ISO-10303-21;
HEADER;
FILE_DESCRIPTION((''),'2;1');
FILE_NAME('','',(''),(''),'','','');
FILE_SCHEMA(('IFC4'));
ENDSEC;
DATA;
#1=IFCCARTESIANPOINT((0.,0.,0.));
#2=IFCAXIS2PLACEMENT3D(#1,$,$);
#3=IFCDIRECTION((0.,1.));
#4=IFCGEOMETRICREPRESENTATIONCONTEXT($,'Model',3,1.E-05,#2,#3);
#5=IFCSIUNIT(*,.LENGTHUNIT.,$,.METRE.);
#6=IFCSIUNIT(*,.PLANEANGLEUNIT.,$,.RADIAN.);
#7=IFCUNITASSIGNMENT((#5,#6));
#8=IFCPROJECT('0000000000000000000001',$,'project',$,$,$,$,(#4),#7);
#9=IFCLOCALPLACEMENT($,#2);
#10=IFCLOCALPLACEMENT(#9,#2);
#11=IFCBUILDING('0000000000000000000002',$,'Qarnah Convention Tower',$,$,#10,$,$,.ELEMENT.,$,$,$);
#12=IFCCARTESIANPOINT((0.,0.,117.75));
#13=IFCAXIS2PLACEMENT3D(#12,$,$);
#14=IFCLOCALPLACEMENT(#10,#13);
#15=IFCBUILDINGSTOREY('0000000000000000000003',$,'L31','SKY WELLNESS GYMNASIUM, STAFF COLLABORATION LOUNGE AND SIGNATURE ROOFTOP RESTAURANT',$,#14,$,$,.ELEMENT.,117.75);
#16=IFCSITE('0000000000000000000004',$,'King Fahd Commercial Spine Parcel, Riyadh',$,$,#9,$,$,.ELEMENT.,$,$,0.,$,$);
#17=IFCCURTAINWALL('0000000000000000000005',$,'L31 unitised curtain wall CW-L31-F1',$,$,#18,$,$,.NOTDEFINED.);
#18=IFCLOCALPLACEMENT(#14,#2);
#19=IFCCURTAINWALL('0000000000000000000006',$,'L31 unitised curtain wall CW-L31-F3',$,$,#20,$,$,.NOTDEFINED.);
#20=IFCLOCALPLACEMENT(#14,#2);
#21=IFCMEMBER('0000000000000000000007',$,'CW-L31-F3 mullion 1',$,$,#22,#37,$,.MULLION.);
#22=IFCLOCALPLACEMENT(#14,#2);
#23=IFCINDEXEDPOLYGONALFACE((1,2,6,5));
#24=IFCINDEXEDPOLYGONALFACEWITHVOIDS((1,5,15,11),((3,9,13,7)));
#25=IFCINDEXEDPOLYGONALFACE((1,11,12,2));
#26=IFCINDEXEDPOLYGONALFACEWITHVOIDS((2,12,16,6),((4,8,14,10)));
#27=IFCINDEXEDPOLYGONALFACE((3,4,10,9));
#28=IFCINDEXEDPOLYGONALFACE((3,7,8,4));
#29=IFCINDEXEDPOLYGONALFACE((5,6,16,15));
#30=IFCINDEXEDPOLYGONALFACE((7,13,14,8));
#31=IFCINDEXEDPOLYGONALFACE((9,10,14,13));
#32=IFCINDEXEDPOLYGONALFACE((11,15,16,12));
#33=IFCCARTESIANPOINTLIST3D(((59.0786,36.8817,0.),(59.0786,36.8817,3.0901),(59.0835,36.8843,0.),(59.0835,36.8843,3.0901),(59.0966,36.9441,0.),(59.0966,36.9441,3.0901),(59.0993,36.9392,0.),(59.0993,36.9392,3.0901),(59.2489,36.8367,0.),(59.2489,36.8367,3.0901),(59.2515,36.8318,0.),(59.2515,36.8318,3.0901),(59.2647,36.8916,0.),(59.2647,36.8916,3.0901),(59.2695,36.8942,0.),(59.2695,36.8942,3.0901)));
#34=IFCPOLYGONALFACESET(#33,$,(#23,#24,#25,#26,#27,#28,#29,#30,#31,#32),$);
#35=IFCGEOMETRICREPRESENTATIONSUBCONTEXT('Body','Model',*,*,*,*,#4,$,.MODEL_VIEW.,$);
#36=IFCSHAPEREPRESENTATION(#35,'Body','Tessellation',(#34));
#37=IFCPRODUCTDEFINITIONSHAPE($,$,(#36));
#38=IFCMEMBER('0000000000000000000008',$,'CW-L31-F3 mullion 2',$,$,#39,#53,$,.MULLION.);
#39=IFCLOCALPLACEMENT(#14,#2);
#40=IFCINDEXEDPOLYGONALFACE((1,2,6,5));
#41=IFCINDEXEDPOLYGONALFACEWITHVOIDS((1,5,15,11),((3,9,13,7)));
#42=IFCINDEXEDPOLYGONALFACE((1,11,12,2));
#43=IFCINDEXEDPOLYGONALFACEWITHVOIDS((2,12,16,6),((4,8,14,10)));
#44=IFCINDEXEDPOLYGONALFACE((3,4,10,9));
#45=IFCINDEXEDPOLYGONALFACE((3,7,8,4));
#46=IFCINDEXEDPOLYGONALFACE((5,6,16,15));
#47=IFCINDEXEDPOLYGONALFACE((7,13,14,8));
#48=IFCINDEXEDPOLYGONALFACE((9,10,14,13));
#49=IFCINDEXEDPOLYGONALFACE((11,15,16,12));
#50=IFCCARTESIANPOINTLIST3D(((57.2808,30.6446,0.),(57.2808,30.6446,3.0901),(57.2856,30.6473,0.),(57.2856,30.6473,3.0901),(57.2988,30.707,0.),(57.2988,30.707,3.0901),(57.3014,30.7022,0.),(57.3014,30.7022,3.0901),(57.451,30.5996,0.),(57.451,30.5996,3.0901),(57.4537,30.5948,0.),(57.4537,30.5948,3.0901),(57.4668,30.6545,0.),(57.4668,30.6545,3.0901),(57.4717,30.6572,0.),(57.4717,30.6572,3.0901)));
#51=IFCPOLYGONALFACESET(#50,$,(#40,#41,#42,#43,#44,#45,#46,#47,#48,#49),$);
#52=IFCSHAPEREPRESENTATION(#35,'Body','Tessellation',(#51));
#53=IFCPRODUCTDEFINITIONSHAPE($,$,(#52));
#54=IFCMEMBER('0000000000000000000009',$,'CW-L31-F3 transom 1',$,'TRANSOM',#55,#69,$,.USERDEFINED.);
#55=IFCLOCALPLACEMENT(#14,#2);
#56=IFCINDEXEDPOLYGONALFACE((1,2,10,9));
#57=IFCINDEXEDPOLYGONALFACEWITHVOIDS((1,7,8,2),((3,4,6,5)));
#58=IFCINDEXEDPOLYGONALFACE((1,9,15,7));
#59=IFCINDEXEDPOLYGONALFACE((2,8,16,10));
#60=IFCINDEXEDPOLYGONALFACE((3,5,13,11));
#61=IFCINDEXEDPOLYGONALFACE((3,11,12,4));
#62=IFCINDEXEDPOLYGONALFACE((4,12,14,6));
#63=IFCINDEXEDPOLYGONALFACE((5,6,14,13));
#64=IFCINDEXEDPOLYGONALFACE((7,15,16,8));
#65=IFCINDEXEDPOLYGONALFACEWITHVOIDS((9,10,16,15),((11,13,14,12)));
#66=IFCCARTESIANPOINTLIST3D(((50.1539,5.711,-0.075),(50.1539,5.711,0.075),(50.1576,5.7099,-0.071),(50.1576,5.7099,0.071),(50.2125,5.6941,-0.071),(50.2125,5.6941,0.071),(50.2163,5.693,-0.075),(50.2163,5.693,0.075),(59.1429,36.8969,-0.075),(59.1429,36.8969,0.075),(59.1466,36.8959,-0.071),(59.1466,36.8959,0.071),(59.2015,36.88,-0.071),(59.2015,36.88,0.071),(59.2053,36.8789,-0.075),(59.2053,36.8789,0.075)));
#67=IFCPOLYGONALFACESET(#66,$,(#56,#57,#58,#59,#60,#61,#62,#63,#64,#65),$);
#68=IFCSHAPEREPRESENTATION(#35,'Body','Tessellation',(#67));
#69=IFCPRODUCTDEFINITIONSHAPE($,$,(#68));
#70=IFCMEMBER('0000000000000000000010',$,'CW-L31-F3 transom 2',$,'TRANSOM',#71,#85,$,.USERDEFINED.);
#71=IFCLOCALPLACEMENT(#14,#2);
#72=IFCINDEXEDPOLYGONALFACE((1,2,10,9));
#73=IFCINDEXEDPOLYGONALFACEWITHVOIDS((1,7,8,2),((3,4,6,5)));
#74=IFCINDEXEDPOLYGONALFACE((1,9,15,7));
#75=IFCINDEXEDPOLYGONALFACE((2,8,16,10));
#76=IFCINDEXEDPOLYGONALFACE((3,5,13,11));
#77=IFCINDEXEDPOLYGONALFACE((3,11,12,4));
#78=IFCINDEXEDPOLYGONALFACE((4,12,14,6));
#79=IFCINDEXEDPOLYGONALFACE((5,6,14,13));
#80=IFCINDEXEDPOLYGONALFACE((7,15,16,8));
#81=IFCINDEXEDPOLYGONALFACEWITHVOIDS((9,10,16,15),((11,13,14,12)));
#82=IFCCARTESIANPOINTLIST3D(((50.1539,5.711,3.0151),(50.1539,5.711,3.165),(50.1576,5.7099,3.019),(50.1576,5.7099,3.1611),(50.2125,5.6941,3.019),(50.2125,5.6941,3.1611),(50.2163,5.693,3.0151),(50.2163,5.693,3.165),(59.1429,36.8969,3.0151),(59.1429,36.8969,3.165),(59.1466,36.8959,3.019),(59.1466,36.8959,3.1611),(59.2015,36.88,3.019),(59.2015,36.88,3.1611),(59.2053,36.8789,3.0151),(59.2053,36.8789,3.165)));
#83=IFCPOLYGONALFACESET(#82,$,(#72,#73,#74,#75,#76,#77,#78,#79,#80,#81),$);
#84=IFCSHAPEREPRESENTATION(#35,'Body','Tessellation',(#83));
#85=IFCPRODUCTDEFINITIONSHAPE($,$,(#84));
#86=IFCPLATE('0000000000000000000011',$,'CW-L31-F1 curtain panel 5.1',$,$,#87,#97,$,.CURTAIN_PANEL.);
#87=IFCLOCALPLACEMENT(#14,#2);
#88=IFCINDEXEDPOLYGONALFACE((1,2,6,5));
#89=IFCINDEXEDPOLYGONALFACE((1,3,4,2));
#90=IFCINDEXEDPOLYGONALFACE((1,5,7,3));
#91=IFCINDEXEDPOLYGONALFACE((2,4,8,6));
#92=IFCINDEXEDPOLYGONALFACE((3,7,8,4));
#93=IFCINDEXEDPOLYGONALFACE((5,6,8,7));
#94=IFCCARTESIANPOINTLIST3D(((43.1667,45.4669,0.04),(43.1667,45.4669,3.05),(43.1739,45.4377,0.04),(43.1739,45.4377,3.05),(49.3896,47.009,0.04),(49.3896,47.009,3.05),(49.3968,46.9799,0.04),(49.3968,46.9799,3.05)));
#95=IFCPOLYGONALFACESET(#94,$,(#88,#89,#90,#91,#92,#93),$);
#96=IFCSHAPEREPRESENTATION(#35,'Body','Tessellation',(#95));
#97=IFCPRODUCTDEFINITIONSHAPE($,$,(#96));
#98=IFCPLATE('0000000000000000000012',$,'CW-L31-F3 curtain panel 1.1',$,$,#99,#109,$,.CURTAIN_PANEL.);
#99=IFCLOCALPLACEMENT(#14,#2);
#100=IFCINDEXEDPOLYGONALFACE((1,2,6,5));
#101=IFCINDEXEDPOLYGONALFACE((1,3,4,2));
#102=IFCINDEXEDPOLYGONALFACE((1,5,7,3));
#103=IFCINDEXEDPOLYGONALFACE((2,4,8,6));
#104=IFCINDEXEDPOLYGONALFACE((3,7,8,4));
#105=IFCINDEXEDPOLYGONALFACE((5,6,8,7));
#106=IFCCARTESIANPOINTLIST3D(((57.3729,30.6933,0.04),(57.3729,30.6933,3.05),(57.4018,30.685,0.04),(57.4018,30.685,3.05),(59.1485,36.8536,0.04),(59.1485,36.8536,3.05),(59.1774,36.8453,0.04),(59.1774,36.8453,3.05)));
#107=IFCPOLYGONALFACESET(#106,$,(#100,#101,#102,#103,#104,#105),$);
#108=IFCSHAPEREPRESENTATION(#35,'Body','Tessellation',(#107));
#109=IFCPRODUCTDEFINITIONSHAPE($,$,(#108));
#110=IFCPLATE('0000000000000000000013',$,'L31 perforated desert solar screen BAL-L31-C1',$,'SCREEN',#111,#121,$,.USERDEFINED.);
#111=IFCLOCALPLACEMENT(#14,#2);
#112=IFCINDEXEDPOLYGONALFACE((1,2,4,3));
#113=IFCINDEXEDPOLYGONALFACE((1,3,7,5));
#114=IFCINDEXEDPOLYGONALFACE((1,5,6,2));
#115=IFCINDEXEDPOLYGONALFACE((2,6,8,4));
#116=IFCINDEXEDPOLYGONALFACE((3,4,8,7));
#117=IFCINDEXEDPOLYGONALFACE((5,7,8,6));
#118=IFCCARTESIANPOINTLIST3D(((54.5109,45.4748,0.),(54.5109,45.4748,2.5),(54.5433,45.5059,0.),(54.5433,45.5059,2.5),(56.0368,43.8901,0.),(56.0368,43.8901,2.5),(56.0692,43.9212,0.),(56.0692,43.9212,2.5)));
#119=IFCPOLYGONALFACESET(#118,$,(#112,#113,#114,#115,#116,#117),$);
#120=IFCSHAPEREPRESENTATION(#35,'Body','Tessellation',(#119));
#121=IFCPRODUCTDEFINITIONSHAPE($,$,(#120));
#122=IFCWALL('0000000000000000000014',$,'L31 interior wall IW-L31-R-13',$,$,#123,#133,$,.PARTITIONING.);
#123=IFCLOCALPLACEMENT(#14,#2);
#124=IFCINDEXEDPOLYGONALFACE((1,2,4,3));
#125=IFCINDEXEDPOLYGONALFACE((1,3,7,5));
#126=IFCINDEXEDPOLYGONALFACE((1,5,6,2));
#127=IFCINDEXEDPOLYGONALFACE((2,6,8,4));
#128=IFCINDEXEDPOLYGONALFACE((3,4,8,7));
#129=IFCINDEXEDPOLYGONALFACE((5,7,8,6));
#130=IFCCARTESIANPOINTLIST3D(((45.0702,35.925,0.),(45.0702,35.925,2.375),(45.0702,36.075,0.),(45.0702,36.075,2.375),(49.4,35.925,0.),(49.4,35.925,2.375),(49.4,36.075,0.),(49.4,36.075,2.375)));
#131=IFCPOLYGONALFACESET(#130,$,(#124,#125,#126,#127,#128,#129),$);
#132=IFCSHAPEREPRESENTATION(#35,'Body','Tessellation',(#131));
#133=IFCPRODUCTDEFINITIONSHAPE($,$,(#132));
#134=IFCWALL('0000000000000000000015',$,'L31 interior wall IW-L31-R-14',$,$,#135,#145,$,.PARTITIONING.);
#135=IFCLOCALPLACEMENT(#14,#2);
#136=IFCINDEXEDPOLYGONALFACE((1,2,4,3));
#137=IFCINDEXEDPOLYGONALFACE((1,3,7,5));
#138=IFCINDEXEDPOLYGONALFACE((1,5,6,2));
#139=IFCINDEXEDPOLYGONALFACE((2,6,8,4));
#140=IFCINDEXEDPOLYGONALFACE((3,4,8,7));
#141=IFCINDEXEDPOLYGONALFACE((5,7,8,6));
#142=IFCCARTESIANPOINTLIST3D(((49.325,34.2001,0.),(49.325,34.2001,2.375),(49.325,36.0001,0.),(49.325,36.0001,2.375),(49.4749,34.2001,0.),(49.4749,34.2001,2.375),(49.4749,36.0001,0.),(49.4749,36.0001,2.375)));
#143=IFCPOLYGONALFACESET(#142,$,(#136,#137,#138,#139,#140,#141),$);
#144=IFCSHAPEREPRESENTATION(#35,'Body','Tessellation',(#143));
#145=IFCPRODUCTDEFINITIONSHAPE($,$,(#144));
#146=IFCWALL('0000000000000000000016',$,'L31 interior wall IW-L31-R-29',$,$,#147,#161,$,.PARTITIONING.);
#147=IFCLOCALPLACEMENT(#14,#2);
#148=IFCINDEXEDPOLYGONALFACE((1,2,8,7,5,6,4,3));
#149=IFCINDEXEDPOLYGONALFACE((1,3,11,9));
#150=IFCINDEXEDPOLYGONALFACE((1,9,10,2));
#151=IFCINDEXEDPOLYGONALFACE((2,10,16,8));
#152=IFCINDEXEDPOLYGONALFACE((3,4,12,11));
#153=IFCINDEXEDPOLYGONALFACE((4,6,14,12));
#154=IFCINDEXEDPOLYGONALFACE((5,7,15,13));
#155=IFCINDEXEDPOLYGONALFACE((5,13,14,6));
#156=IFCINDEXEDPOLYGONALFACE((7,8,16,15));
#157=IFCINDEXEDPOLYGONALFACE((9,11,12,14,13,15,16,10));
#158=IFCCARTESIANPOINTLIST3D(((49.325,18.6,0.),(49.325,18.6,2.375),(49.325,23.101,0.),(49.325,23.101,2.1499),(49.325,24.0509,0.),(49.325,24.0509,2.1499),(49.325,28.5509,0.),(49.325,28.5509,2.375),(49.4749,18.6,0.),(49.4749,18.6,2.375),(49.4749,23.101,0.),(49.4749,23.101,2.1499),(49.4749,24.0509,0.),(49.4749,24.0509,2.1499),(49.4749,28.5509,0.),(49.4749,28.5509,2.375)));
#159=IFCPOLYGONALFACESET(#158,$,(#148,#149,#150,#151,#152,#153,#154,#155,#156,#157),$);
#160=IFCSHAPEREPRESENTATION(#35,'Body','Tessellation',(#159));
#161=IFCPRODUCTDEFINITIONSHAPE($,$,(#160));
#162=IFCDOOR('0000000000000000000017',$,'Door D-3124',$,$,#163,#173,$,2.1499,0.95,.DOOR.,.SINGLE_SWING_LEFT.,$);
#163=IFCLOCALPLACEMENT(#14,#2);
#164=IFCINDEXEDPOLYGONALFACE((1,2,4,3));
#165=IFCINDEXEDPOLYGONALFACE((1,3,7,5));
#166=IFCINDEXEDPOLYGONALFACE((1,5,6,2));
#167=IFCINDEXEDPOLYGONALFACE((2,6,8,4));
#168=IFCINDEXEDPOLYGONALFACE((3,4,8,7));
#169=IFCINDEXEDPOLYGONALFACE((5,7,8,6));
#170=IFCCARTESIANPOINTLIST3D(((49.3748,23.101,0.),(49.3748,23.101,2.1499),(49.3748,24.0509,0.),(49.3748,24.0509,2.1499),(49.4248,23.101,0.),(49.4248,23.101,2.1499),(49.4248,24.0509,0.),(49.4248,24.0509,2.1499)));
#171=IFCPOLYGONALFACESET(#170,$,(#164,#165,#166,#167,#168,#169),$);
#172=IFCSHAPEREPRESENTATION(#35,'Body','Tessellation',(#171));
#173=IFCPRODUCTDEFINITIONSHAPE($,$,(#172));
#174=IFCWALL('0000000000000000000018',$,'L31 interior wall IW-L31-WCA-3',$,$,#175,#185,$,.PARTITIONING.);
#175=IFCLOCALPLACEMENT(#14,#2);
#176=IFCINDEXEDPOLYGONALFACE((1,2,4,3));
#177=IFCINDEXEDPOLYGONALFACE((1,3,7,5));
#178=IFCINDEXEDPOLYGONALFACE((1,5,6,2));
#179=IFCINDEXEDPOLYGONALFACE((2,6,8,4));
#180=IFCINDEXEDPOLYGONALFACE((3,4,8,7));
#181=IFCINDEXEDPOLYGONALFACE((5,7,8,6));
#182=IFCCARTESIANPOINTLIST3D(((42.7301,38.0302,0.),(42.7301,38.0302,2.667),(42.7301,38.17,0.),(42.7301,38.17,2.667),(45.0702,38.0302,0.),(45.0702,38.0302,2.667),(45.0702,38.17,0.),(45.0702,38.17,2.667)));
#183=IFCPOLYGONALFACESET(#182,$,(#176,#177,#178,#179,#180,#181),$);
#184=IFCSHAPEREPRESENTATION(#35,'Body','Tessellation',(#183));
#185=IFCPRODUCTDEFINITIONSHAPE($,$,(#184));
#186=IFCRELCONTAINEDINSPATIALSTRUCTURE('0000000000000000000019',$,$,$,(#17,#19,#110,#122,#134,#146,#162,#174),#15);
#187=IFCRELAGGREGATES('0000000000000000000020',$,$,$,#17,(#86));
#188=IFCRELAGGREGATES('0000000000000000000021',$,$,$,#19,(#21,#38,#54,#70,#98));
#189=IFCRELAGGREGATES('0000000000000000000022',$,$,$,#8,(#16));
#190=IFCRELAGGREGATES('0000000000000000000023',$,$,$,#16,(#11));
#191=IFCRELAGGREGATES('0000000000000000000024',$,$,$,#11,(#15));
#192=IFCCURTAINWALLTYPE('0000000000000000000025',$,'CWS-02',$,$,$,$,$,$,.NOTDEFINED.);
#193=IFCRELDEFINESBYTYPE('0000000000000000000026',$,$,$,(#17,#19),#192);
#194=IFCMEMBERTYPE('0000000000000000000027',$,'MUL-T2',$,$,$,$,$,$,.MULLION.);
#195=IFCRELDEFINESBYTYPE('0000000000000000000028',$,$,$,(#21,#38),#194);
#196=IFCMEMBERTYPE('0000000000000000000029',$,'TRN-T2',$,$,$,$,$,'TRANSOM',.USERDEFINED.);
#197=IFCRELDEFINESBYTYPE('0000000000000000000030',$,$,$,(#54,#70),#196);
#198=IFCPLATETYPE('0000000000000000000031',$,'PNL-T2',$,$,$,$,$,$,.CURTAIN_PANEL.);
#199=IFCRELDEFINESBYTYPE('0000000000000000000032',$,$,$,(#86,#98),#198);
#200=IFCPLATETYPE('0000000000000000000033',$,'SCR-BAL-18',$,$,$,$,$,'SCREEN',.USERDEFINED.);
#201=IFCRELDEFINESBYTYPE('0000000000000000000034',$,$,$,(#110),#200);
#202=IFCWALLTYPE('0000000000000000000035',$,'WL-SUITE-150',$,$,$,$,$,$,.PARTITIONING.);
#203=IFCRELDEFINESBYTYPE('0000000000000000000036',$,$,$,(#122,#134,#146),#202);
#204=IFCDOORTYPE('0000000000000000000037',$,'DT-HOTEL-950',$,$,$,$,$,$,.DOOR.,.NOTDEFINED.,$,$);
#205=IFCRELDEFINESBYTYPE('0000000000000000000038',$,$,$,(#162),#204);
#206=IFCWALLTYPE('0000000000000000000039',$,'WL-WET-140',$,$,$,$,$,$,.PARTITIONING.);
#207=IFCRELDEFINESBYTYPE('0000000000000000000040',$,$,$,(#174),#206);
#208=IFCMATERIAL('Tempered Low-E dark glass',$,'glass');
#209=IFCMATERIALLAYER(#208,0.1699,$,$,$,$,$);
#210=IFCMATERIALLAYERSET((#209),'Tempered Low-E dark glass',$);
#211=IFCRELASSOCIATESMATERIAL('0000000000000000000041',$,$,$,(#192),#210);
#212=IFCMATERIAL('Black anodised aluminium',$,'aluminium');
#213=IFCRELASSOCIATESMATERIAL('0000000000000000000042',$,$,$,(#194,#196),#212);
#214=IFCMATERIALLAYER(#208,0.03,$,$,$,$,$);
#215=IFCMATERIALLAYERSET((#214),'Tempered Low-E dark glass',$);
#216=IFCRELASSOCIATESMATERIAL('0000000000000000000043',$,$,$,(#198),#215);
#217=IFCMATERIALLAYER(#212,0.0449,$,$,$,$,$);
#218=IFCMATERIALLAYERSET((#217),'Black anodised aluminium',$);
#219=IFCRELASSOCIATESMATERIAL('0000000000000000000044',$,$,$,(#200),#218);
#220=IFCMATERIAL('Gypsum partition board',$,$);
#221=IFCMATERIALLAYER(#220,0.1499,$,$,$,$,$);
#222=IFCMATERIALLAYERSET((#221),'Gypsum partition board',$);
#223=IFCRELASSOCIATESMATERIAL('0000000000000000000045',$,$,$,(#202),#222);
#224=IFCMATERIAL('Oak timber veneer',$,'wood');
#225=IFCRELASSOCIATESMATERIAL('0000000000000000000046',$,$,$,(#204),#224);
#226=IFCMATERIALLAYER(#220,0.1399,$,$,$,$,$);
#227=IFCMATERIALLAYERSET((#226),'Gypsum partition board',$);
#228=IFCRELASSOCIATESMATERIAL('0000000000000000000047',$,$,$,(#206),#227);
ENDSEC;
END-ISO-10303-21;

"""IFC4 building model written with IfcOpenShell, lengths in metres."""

from ifc_helpers import new_model, si_unit, direction, frame, frame_2d, origin, origin_2d, place, context, subcontext, project, spatial, rectangle, hollow_rectangle, extrude, material, layer, layer_set, material_profile, profile_set, type_object, element, fill, aggregate, save


model = new_model("IFC4")

# Units and contexts
model_context = context("Model", 3, precision=1e-05, world=origin(), true_north=direction((0.0, 1.0)))
body_context = subcontext(model_context, "Body", "Model", "MODEL_VIEW")
ifc_project = project(units=[si_unit("LENGTHUNIT", "METRE"), si_unit("PLANEANGLEUNIT", "RADIAN")], contexts=[model_context])

# Site, building, storey
site_placement = place(None, origin())
site = spatial("IfcSite", under=ifc_project, at=site_placement, Name="King Fahd Commercial Spine Parcel, Riyadh", CompositionType="ELEMENT", RefElevation=0.0)
building_placement = place(site_placement, origin())
building = spatial("IfcBuilding", under=site, at=building_placement, Name="Qarnah Convention Tower", CompositionType="ELEMENT")
storey_placement = place(building_placement, frame((0.0, 0.0, 117.75)))
storey = spatial("IfcBuildingStorey", under=building, at=storey_placement, Name="L31", Description="SKY WELLNESS GYMNASIUM, STAFF COLLABORATION LOUNGE AND SIGNATURE ROOFTOP RESTAURANT", CompositionType="ELEMENT", Elevation=117.75)

# Curtain wall
ifc_material_1 = material(Name="Tempered Low-E dark glass", Category="glass")
ifc_layer_1 = layer(ifc_material_1, 0.1699)
ifc_layer_set_1 = layer_set([ifc_layer_1], Name="Tempered Low-E dark glass")
curtain_wall_type = type_object("IfcCurtainWallType", Name="CWS-02", PredefinedType="NOTDEFINED", material=ifc_layer_set_1)
curtain_wall_1_placement = place(storey_placement, origin())
curtain_wall_1 = element("IfcCurtainWall", 1, at=curtain_wall_1_placement, inside=storey, type_object=curtain_wall_type, Name="L31 unitised curtain wall CW-L31-F1", PredefinedType="NOTDEFINED")
ifc_material_2 = material(Name="Black anodised aluminium", Category="aluminium")
ifc_material_profile_1 = material_profile(ifc_material_2, hollow_rectangle(XDim=0.0649, YDim=0.1799, WallThickness=0.0039, at=origin_2d()), Name="MUL-65X180")
ifc_profile_set_1 = profile_set([ifc_material_profile_1], Name="Black anodised aluminium")
member_type_1 = type_object("IfcMemberType", Name="MUL-T2", PredefinedType="MULLION", material=ifc_profile_set_1)

# Curtain wall, members
curtain_wall_2_placement = place(storey_placement, origin())
curtain_wall_2 = element("IfcCurtainWall", 2, at=curtain_wall_2_placement, inside=storey, type_object=curtain_wall_type, Name="L31 unitised curtain wall CW-L31-F3", PredefinedType="NOTDEFINED")
member_1_placement = place(storey_placement, frame((59.1741, 36.8879, 0.0), z_axis=(0.0, 0.0, 1.0), x_axis=(-0.276963, -0.960881, 0.0)))
member_1 = element("IfcMember", 3, at=member_1_placement, type_object=member_type_1, Name="CW-L31-F3 mullion 1", PredefinedType="MULLION", context=body_context, shape_type="SweptSolid", body=[
    extrude(hollow_rectangle(XDim=0.0649, YDim=0.1799, WallThickness=0.0039, at=origin_2d()), origin(), (0.0, 0.0, 1.0), 3.0901),
])
member_2_placement = place(storey_placement, frame((57.3762, 30.6509, 0.0), z_axis=(0.0, 0.0, 1.0), x_axis=(-0.276963, -0.960881, 0.0)))
member_2 = element("IfcMember", 4, at=member_2_placement, type_object=member_type_1, Name="CW-L31-F3 mullion 2", PredefinedType="MULLION", context=body_context, shape_type="SweptSolid", body=[
    extrude(hollow_rectangle(XDim=0.0649, YDim=0.1799, WallThickness=0.0039, at=origin_2d()), origin(), (0.0, 0.0, 1.0), 3.0901),
])
ifc_material_profile_2 = material_profile(ifc_material_2, hollow_rectangle(XDim=0.0649, YDim=0.1499, WallThickness=0.0039, at=origin_2d()), Name="TRN-65X150")
ifc_profile_set_2 = profile_set([ifc_material_profile_2], Name="Black anodised aluminium")
member_type_2 = type_object("IfcMemberType", Name="TRN-T2", ElementType="TRANSOM", PredefinedType="USERDEFINED", material=ifc_profile_set_2)
member_3_placement = place(storey_placement, frame((59.1741, 36.8879, 0.0), z_axis=(-0.276963, -0.960881, 0.0), x_axis=(0.960881, -0.276963, 0.0)))
member_3 = element("IfcMember", 5, at=member_3_placement, type_object=member_type_2, Name="CW-L31-F3 transom 1", ObjectType="TRANSOM", PredefinedType="USERDEFINED", context=body_context, shape_type="SweptSolid", body=[
    extrude(hollow_rectangle(XDim=0.0649, YDim=0.1499, WallThickness=0.0039, at=origin_2d()), origin(), (0.0, 0.0, 1.0), 32.4556),
])
member_4_placement = place(storey_placement, frame((59.1741, 36.8879, 3.0901), z_axis=(-0.276963, -0.960881, 0.0), x_axis=(0.960881, -0.276963, 0.0)))
member_4 = element("IfcMember", 6, at=member_4_placement, type_object=member_type_2, Name="CW-L31-F3 transom 2", ObjectType="TRANSOM", PredefinedType="USERDEFINED", context=body_context, shape_type="SweptSolid", body=[
    extrude(hollow_rectangle(XDim=0.0649, YDim=0.1499, WallThickness=0.0039, at=origin_2d()), origin(), (0.0, 0.0, 1.0), 32.4556),
])

# Plates
ifc_layer_2 = layer(ifc_material_1, 0.03)
ifc_layer_set_2 = layer_set([ifc_layer_2], Name="Tempered Low-E dark glass")
plate_type_1 = type_object("IfcPlateType", Name="PNL-T2", PredefinedType="CURTAIN_PANEL", material=ifc_layer_set_2)
plate_1_placement = place(storey_placement, frame((46.2817, 46.2234, 0.04), z_axis=(0.0, 0.0, 1.0), x_axis=(0.970639, 0.240541, 0.0)))
plate_1 = element("IfcPlate", 7, at=plate_1_placement, type_object=plate_type_1, Name="CW-L31-F1 curtain panel 5.1", PredefinedType="CURTAIN_PANEL", context=body_context, shape_type="SweptSolid", body=[
    extrude(rectangle(XDim=6.4111, YDim=0.03, at=origin_2d()), origin(), (0.0, 0.0, 1.0), 3.01),
])
aggregate(curtain_wall_1, [plate_1])
plate_2_placement = place(storey_placement, frame((58.2751, 33.7693, 0.04), z_axis=(0.0, 0.0, 1.0), x_axis=(-0.276963, -0.960881, 0.0)))
plate_2 = element("IfcPlate", 8, at=plate_2_placement, type_object=plate_type_1, Name="CW-L31-F3 curtain panel 1.1", PredefinedType="CURTAIN_PANEL", context=body_context, shape_type="SweptSolid", body=[
    extrude(rectangle(XDim=6.4111, YDim=0.03, at=origin_2d()), origin(), (0.0, 0.0, 1.0), 3.01),
])
aggregate(curtain_wall_2, [member_1, member_2, member_3, member_4, plate_2])
ifc_layer_3 = layer(ifc_material_2, 0.0449)
ifc_layer_set_3 = layer_set([ifc_layer_3], Name="Black anodised aluminium")
plate_type_2 = type_object("IfcPlateType", Name="SCR-BAL-18", ElementType="SCREEN", PredefinedType="USERDEFINED", material=ifc_layer_set_3)
plate_3_placement = place(storey_placement, frame((55.29, 44.698, 0.0), z_axis=(0.0, 0.0, 1.0), x_axis=(0.693613, -0.720348, 0.0)))
element("IfcPlate", 9, at=plate_3_placement, inside=storey, type_object=plate_type_2, Name="L31 perforated desert solar screen BAL-L31-C1", ObjectType="SCREEN", PredefinedType="USERDEFINED", context=body_context, shape_type="SweptSolid", body=[
    extrude(rectangle(XDim=2.2, YDim=0.0449, at=origin_2d()), origin(), (0.0, 0.0, 1.0), 2.5),
])

# Walls
ifc_material_3 = material(Name="Gypsum partition board")
ifc_layer_4 = layer(ifc_material_3, 0.1499)
ifc_layer_set_4 = layer_set([ifc_layer_4], Name="Gypsum partition board")
wall_type_1 = type_object("IfcWallType", Name="WL-SUITE-150", PredefinedType="PARTITIONING", material=ifc_layer_set_4)
wall_1_placement = place(storey_placement, frame((45.0701, 36.0, 0.0), z_axis=(0.0, 0.0, 1.0), x_axis=(1.0, 0.0, 0.0)))
element("IfcWall", 10, at=wall_1_placement, inside=storey, type_object=wall_type_1, Name="L31 interior wall IW-L31-R-13", PredefinedType="PARTITIONING", context=body_context, shape_type="SweptSolid", body=[
    extrude(rectangle(XDim=4.3298, YDim=0.1499, at=frame_2d((2.165, 0.0))), origin(), (0.0, 0.0, 1.0), 2.375),
])
wall_2_placement = place(storey_placement, frame((49.3999, 36.0, 0.0), z_axis=(0.0, 0.0, 1.0), x_axis=(0.0, -1.0, 0.0)))
element("IfcWall", 11, at=wall_2_placement, inside=storey, type_object=wall_type_1, Name="L31 interior wall IW-L31-R-14", PredefinedType="PARTITIONING", context=body_context, shape_type="SweptSolid", body=[
    extrude(rectangle(XDim=1.8, YDim=0.1499, at=frame_2d((0.8999, 0.0))), origin(), (0.0, 0.0, 1.0), 2.375),
])

# Wall, opening, door
ifc_material_4 = material(Name="Oak timber veneer", Category="wood")
door_type_1 = type_object("IfcDoorType", Name="DT-HOTEL-950", OperationType="NOTDEFINED", PredefinedType="DOOR", material=ifc_material_4)
wall_3_placement = place(storey_placement, frame((49.3999, 28.551, 0.0), z_axis=(0.0, 0.0, 1.0), x_axis=(0.0, -1.0, 0.0)))
wall_3 = element("IfcWall", 12, at=wall_3_placement, inside=storey, type_object=wall_type_1, Name="L31 interior wall IW-L31-R-29", PredefinedType="PARTITIONING", context=body_context, shape_type="SweptSolid", body=[
    extrude(rectangle(XDim=9.9509, YDim=0.1499, at=frame_2d((4.9756, 0.0))), origin(), (0.0, 0.0, 1.0), 2.375),
])
opening_1_placement = place(wall_3_placement, frame((4.5, 0.0, 0.0)))
opening_1 = element("IfcOpeningElement", 13, at=opening_1_placement, cuts=wall_3, PredefinedType="OPENING", context=body_context, shape_type="SweptSolid", body=[
    extrude(rectangle(XDim=0.95, YDim=2.1499, at=frame_2d((0.4751, 1.075))), frame((0.0, 0.085, 0.0), z_axis=(0.0, -1.0, 0.0), x_axis=(1.0, 0.0, 0.0)), (0.0, 0.0, 1.0), 0.1699),
])
door_1_placement = place(opening_1_placement, origin())
door_1 = element("IfcDoor", 14, at=door_1_placement, inside=storey, type_object=door_type_1, Name="Door D-3124", OperationType="SINGLE_SWING_LEFT", OverallHeight=2.1499, OverallWidth=0.95, PredefinedType="DOOR", context=body_context, shape_type="SweptSolid", body=[
    extrude(rectangle(XDim=0.95, YDim=2.1499, at=frame_2d((0.4751, 1.075))), frame((0.0, 0.0249, 0.0), z_axis=(0.0, -1.0, 0.0), x_axis=(1.0, 0.0, 0.0)), (0.0, 0.0, 1.0), 0.05),
])
fill(opening_1, door_1)

# Wall
ifc_layer_5 = layer(ifc_material_3, 0.1399)
ifc_layer_set_5 = layer_set([ifc_layer_5], Name="Gypsum partition board")
wall_type_2 = type_object("IfcWallType", Name="WL-WET-140", PredefinedType="PARTITIONING", material=ifc_layer_set_5)
wall_4_placement = place(storey_placement, frame((45.0701, 38.1001, 0.0), z_axis=(0.0, 0.0, 1.0), x_axis=(-1.0, 0.0, 0.0)))
element("IfcWall", 15, at=wall_4_placement, inside=storey, type_object=wall_type_2, Name="L31 interior wall IW-L31-WCA-3", PredefinedType="PARTITIONING", context=body_context, shape_type="SweptSolid", body=[
    extrude(rectangle(XDim=2.3401, YDim=0.1399, at=frame_2d((1.1699, 0.0))), origin(), (0.0, 0.0, 1.0), 2.667),
])

save(model, "model.ifc")
